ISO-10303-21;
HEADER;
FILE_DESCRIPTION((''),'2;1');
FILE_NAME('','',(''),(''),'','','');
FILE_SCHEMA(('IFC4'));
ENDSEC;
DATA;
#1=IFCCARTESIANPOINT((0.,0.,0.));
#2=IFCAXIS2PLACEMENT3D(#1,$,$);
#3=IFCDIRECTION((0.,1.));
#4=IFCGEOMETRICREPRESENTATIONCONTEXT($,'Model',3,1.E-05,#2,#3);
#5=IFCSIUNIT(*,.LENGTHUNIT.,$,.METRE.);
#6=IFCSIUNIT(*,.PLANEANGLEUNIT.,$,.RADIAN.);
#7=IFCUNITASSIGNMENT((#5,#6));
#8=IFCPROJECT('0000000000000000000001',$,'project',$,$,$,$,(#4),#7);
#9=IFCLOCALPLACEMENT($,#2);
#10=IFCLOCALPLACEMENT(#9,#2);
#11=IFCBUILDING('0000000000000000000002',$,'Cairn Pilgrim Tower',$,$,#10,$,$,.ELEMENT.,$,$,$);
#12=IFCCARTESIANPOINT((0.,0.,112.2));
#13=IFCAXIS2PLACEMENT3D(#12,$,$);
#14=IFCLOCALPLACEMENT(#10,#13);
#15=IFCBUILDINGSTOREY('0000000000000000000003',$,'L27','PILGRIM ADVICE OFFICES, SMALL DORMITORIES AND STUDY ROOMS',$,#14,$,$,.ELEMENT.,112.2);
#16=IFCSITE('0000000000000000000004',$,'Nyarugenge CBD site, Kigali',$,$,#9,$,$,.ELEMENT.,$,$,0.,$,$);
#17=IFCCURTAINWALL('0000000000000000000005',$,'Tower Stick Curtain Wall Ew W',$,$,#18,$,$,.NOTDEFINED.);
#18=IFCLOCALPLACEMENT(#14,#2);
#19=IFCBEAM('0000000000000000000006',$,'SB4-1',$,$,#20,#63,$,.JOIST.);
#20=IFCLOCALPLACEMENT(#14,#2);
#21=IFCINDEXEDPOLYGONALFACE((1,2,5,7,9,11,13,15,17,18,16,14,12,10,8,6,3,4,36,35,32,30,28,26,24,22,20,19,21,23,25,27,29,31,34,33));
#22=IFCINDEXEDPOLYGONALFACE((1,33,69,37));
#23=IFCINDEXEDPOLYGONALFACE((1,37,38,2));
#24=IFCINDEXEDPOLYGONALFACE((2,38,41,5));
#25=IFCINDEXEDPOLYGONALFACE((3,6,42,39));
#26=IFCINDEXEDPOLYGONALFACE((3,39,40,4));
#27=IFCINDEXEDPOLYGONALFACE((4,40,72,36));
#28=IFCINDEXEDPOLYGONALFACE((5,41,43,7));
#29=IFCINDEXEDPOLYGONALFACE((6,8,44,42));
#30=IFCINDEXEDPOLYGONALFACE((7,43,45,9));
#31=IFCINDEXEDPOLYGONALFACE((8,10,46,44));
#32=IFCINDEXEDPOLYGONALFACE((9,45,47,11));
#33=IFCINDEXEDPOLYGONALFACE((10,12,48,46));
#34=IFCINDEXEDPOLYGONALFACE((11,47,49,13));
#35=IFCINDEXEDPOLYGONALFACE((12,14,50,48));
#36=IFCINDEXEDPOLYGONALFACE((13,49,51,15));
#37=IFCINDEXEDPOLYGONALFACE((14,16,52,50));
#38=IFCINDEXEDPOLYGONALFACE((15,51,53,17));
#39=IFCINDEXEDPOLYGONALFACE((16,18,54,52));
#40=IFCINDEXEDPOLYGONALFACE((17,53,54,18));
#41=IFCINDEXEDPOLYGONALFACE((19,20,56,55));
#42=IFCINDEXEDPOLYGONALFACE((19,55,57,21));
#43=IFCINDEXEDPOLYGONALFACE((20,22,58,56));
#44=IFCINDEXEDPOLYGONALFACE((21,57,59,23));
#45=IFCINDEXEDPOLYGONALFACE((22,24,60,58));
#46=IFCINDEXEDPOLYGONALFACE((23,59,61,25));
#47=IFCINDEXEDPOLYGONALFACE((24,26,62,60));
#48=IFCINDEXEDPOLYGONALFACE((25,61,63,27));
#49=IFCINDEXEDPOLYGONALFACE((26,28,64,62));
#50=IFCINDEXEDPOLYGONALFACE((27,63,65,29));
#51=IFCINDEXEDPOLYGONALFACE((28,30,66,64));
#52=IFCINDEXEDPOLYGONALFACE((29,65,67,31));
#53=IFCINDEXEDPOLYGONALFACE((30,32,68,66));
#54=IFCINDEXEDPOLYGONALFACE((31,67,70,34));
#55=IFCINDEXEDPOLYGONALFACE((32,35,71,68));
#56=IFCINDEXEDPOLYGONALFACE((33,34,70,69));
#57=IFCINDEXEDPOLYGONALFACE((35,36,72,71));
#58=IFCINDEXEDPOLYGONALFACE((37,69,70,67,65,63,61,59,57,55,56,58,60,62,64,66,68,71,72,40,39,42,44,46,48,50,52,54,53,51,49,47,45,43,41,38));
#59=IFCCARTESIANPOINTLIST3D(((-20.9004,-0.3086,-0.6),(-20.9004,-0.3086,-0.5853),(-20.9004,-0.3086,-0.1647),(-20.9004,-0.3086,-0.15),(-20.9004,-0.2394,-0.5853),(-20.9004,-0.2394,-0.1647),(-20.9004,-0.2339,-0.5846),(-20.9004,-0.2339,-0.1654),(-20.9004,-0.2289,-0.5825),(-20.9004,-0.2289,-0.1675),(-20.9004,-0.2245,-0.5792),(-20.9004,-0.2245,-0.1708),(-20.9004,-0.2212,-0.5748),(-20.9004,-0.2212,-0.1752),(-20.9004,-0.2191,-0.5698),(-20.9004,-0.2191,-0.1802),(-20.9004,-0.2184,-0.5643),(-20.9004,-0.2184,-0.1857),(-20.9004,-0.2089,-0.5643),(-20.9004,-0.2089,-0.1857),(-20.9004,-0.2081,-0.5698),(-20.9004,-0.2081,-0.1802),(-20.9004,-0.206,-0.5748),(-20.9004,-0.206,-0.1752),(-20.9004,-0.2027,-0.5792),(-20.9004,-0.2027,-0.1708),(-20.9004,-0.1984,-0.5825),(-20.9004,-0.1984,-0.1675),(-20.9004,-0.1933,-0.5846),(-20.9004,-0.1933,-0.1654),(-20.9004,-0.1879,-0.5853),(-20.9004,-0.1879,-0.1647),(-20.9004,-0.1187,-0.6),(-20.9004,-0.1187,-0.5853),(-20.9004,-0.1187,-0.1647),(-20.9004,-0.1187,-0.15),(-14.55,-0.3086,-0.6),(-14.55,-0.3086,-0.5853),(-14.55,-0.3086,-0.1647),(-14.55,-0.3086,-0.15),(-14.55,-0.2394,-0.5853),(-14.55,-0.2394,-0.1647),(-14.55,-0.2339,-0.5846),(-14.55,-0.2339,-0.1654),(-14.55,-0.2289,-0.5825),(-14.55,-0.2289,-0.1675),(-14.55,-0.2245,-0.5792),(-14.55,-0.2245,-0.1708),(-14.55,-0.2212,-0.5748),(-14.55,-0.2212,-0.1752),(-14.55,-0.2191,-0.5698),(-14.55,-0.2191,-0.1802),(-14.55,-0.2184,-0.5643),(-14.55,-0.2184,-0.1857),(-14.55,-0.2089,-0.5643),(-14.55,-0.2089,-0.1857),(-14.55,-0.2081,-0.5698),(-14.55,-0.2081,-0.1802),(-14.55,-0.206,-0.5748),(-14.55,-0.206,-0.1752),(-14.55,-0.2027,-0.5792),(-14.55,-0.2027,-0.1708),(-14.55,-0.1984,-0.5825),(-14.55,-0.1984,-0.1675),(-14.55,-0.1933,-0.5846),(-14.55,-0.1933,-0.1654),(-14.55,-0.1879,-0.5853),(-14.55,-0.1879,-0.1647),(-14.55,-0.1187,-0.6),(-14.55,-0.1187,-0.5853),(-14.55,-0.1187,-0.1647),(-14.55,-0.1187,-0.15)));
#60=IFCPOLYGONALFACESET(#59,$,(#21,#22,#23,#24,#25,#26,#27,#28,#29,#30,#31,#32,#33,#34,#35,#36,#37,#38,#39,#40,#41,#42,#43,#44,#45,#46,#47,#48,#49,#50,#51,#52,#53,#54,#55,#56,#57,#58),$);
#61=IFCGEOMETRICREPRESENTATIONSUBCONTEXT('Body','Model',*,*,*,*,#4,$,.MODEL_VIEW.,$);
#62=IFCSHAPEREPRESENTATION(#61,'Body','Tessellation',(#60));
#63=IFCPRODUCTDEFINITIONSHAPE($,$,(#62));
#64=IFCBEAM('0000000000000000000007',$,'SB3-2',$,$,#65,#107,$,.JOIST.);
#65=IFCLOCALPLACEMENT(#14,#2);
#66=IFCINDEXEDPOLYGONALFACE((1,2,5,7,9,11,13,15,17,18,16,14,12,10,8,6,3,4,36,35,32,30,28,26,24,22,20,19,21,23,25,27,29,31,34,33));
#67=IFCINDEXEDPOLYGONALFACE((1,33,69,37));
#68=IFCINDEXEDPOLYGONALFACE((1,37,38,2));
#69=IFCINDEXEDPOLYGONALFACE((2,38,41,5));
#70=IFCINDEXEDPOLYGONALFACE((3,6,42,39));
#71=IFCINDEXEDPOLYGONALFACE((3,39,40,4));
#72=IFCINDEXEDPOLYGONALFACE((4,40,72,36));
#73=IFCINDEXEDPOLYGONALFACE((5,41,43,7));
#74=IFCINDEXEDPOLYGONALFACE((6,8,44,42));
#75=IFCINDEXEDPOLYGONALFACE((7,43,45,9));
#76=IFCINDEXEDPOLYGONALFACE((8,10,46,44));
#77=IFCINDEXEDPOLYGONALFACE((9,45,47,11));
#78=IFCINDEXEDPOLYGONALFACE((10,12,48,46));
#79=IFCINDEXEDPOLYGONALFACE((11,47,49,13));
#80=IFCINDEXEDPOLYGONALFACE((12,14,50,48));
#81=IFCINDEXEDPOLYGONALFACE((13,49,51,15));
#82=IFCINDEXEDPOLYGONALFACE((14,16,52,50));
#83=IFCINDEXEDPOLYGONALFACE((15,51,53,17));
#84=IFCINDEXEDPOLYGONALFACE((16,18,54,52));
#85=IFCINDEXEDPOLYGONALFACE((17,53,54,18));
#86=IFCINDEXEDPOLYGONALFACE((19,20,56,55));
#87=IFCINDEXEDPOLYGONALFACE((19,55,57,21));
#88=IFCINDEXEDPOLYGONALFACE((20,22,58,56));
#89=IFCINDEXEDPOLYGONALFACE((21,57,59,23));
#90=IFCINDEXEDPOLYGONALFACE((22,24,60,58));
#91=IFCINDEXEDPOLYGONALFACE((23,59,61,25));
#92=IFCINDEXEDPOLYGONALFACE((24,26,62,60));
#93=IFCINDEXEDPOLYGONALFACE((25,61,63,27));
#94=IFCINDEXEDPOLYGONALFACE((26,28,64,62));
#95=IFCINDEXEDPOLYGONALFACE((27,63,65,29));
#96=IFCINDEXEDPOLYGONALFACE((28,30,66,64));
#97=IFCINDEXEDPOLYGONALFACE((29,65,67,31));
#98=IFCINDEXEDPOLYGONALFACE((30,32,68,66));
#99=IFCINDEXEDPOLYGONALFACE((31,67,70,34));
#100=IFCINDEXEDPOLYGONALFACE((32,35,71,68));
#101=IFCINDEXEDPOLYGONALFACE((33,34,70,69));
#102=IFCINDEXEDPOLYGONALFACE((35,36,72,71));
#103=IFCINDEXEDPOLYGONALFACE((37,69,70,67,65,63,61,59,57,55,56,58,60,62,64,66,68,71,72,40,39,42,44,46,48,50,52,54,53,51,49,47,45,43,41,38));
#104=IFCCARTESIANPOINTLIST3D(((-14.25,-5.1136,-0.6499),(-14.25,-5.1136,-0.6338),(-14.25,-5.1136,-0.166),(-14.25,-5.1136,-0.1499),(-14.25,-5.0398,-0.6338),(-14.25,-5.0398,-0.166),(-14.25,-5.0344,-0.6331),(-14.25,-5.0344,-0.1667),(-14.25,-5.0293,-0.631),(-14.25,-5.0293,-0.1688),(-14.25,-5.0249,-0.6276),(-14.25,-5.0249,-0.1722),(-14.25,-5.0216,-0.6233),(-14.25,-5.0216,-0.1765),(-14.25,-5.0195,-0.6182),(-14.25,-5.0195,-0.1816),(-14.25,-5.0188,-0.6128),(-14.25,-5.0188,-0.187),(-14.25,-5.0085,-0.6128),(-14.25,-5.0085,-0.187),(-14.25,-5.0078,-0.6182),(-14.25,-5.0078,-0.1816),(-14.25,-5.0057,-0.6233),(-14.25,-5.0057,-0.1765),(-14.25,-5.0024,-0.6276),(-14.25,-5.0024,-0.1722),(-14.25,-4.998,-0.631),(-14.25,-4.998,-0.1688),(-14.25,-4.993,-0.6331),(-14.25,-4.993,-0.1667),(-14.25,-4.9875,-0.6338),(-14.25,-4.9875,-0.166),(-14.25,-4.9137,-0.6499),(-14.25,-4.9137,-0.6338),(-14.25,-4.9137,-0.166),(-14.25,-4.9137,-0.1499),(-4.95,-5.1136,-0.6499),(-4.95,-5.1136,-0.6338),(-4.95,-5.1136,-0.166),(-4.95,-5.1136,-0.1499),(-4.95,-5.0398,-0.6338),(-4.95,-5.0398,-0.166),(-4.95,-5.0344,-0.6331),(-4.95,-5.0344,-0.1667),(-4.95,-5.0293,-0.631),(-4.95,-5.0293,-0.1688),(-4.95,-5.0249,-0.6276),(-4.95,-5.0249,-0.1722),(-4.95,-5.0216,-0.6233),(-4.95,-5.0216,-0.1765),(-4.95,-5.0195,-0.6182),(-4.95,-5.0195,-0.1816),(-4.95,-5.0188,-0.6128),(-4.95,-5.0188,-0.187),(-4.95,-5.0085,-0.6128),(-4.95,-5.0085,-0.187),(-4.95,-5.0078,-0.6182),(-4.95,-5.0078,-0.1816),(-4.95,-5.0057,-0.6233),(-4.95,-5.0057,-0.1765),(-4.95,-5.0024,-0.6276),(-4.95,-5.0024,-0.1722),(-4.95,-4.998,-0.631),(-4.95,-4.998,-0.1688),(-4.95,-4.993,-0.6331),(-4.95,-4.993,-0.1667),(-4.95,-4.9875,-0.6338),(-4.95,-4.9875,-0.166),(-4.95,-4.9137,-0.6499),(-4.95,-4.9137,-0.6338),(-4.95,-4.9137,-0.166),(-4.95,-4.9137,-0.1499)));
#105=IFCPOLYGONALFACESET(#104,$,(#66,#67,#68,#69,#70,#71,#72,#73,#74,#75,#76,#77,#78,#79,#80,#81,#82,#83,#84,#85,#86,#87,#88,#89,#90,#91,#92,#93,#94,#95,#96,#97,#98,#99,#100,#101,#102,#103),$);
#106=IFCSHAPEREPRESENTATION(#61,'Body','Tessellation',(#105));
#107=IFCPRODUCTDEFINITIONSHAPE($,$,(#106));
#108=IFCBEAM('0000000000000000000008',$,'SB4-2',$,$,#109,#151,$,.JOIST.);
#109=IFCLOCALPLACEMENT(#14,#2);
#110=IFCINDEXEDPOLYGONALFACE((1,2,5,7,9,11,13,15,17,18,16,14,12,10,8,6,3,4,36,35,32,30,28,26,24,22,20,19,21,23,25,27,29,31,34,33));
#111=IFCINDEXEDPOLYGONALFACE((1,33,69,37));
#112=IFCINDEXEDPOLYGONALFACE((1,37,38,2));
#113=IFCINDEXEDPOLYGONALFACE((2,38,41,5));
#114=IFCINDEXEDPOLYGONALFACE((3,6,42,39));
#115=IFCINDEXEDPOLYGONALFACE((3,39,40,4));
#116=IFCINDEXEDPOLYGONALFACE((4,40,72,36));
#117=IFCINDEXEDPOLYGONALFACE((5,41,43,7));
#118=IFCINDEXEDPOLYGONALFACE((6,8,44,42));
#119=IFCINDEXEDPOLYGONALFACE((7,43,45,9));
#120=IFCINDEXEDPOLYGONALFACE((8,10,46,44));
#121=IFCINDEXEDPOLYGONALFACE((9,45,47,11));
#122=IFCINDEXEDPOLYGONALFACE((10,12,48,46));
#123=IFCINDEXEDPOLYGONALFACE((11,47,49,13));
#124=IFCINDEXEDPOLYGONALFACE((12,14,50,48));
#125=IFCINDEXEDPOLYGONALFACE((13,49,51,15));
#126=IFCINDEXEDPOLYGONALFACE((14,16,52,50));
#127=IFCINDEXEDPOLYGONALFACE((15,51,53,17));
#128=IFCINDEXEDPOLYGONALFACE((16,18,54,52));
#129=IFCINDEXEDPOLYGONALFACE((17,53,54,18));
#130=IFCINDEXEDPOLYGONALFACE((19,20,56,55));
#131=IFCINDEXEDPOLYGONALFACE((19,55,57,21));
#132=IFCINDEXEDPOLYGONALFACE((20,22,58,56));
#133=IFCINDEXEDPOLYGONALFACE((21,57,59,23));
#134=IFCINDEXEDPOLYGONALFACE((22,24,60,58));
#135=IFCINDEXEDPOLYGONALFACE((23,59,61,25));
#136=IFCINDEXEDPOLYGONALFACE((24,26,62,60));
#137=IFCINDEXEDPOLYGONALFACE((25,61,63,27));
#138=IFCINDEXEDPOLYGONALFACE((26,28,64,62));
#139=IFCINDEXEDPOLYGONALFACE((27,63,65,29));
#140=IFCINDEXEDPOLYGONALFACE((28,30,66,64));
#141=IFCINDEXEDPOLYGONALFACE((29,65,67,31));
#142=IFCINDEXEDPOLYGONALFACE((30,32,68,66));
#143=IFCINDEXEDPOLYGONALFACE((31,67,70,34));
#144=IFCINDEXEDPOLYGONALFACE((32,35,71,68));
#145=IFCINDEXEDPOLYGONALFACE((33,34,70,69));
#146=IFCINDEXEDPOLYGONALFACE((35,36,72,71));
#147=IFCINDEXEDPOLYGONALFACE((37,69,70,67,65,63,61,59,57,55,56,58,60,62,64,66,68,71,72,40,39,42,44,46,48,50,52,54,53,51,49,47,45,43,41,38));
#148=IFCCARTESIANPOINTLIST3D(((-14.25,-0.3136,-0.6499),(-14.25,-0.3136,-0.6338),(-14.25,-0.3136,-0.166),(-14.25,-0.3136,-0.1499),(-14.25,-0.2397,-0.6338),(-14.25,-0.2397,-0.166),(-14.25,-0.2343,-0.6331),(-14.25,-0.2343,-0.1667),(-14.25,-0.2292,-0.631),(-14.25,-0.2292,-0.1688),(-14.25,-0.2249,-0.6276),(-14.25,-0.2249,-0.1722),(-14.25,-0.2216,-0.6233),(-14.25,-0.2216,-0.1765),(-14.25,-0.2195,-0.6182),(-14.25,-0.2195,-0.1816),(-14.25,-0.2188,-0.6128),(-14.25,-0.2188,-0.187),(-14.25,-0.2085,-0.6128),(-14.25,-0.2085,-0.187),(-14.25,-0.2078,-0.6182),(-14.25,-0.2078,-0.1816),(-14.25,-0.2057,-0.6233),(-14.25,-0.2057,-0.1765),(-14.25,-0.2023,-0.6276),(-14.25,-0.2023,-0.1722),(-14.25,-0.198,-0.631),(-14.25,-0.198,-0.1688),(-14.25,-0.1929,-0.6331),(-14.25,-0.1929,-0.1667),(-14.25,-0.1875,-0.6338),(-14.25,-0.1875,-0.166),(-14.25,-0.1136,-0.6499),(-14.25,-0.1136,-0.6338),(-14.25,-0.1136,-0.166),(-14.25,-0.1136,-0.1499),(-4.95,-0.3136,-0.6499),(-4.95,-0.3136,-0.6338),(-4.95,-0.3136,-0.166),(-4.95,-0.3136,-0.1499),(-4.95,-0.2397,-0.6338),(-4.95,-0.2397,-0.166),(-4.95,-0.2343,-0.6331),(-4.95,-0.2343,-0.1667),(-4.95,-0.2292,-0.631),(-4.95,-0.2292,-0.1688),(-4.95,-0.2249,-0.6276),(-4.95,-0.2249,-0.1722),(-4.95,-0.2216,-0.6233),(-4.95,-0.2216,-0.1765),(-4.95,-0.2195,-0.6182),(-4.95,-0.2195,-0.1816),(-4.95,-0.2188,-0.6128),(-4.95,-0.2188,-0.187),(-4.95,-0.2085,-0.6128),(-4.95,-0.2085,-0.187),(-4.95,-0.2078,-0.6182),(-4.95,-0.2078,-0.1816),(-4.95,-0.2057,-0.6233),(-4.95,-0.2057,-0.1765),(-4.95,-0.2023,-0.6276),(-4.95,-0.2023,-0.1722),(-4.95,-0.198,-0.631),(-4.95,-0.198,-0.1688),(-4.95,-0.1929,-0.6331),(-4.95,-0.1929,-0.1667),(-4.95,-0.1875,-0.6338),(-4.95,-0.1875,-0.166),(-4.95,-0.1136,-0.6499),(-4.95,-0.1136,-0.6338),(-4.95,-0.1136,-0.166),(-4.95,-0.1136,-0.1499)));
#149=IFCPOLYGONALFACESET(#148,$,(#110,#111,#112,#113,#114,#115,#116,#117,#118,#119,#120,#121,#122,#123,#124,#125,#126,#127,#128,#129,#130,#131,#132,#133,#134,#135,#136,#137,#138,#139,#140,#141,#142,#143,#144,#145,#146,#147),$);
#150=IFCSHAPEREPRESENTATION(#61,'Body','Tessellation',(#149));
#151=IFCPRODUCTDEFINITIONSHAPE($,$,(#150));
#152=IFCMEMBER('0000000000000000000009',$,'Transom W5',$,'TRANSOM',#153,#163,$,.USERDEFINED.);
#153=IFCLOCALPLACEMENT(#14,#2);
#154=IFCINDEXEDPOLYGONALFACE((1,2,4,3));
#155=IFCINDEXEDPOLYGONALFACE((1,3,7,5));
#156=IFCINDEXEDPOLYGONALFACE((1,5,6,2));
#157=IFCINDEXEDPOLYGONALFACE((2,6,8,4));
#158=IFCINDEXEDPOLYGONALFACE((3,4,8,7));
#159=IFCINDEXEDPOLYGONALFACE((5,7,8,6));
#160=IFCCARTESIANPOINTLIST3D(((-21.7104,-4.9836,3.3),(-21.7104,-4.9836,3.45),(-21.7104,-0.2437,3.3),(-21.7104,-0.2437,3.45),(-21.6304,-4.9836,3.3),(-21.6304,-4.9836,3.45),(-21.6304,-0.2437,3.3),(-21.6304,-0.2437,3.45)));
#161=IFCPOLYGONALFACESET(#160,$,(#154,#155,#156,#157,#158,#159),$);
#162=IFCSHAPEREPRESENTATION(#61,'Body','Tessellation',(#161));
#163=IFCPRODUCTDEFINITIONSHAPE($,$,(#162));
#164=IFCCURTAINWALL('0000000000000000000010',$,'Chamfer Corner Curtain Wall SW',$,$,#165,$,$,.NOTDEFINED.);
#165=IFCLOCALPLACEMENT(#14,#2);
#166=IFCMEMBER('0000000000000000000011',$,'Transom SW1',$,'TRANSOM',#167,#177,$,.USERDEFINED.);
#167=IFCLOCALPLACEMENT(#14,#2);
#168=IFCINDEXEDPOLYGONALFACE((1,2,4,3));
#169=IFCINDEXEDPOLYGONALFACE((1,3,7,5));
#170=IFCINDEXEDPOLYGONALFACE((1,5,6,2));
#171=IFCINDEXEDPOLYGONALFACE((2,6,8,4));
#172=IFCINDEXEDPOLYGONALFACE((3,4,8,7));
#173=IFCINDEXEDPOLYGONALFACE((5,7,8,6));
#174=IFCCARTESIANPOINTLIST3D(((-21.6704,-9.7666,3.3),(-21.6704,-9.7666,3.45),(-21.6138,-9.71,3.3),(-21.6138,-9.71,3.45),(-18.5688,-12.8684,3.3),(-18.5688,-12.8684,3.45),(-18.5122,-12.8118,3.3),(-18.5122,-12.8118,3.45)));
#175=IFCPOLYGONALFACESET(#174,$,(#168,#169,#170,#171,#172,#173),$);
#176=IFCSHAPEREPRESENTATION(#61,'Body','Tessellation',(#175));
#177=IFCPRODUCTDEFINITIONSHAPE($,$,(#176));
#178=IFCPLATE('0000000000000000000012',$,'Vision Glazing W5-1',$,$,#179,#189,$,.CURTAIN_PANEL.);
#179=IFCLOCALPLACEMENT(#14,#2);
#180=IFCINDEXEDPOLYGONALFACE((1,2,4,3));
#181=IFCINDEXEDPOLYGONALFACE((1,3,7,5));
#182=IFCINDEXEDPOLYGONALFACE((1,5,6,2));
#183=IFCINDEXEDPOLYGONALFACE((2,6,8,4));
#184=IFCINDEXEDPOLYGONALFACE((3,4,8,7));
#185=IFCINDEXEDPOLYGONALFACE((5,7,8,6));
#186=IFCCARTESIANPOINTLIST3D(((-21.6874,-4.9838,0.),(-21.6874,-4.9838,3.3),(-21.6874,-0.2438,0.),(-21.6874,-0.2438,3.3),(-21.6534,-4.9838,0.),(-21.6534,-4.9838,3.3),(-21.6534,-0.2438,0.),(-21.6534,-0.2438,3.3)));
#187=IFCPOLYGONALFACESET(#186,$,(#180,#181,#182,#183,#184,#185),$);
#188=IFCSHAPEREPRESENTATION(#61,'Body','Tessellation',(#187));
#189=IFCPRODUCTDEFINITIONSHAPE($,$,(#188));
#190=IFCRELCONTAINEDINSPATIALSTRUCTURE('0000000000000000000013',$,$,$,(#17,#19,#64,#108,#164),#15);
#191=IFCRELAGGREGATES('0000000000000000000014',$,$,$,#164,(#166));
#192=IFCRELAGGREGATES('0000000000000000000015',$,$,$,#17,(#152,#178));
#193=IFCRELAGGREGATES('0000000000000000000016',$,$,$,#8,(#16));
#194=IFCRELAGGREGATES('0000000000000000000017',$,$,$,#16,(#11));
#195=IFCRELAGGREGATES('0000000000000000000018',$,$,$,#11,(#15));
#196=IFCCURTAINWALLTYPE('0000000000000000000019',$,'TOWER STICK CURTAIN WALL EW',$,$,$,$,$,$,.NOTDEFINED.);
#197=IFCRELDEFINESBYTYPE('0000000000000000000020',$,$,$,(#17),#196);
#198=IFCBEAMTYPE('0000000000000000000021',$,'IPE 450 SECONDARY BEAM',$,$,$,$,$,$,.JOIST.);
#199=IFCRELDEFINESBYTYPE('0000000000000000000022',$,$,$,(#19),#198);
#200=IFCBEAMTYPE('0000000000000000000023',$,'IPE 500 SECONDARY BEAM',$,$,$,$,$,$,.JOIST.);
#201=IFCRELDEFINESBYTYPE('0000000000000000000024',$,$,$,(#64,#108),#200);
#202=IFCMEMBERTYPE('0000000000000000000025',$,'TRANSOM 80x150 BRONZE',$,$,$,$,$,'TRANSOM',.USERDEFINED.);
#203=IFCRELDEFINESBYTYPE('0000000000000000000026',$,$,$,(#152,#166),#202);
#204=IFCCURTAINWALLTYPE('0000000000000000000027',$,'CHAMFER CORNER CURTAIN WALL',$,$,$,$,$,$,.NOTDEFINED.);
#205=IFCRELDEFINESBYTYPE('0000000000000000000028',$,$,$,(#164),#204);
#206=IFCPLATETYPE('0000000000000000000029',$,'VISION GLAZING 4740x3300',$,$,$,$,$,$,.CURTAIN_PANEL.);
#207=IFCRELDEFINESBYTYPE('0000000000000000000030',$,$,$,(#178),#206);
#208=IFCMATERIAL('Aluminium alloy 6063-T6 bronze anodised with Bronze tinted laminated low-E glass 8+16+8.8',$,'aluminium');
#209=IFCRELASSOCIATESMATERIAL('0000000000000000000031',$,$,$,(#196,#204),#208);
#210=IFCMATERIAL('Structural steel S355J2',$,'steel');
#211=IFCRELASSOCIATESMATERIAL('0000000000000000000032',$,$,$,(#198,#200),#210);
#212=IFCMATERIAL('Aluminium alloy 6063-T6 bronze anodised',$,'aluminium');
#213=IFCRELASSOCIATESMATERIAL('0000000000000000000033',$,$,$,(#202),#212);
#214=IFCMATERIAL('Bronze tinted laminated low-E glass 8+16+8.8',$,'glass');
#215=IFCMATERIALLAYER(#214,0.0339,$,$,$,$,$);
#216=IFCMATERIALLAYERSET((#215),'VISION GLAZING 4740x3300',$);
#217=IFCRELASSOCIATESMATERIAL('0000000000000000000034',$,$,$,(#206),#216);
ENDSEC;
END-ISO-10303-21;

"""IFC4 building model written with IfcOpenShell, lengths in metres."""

from ifc_helpers import new_model, si_unit, direction, frame, origin, origin_2d, place, context, subcontext, project, spatial, rectangle, i_section, extrude, material, layer, layer_set, material_profile, profile_set, type_object, element, aggregate, save


model = new_model("IFC4")

# Units and contexts
model_context = context("Model", 3, precision=1e-05, world=origin(), true_north=direction((0.0, 1.0)))
body_context = subcontext(model_context, "Body", "Model", "MODEL_VIEW")
ifc_project = project(units=[si_unit("LENGTHUNIT", "METRE"), si_unit("PLANEANGLEUNIT", "RADIAN")], contexts=[model_context])

# Site, building, storey
site_placement = place(None, origin())
site = spatial("IfcSite", under=ifc_project, at=site_placement, Name="Nyarugenge CBD site, Kigali", CompositionType="ELEMENT", RefElevation=0.0)
building_placement = place(site_placement, origin())
building = spatial("IfcBuilding", under=site, at=building_placement, Name="Cairn Pilgrim Tower", CompositionType="ELEMENT")
storey_placement = place(building_placement, frame((0.0, 0.0, 112.2)))
storey = spatial("IfcBuildingStorey", under=building, at=storey_placement, Name="L27", Description="PILGRIM ADVICE OFFICES, SMALL DORMITORIES AND STUDY ROOMS", CompositionType="ELEMENT", Elevation=112.2)

# Shared definitions
ifc_material_1 = material(Name="Structural steel S355J2", Category="steel")

# Curtain wall
ifc_material_2 = material(Name="Aluminium alloy 6063-T6 bronze anodised with Bronze tinted laminated low-E glass 8+16+8.8", Category="aluminium")
curtain_wall_type_1 = type_object("IfcCurtainWallType", Name="TOWER STICK CURTAIN WALL EW", PredefinedType="NOTDEFINED", material=ifc_material_2)
curtain_wall_1_placement = place(storey_placement, origin())
curtain_wall_1 = element("IfcCurtainWall", 1, at=curtain_wall_1_placement, inside=storey, type_object=curtain_wall_type_1, Name="Tower Stick Curtain Wall Ew W", PredefinedType="NOTDEFINED")
ifc_material_3 = material(Name="Aluminium alloy 6063-T6 bronze anodised", Category="aluminium")

# Beams
ifc_material_profile_1 = material_profile(ifc_material_1, i_section(OverallWidth=0.1899, OverallDepth=0.45, WebThickness=0.0095, FlangeThickness=0.0146, FilletRadius=0.021, at=origin_2d()), Name="IPE 450")
ifc_profile_set_1 = profile_set([ifc_material_profile_1], Name="Structural steel S355J2")
beam_type_1 = type_object("IfcBeamType", Name="IPE 450 SECONDARY BEAM", PredefinedType="JOIST", material=ifc_profile_set_1)
for number, where, z_axis, x_axis, name in (
    (2, (-20.9004, -0.2136, -0.375), (1.0, 0.0, 0.0), (0.0, 1.0, 0.0), "SB4-1"),
):
    element("IfcBeam", number, at=place(storey_placement, frame(where, z_axis=z_axis, x_axis=x_axis)), inside=storey, type_object=beam_type_1, Name=name, PredefinedType="JOIST", context=body_context, shape_type="SweptSolid", body=[
        extrude(i_section(OverallWidth=0.1899, OverallDepth=0.45, WebThickness=0.0095, FlangeThickness=0.0146, FilletRadius=0.021, at=origin_2d()), origin(), (0.0, 0.0, 1.0), 6.3503),
    ])
ifc_material_profile_2 = material_profile(ifc_material_1, i_section(OverallWidth=0.2, OverallDepth=0.5, WebThickness=0.0103, FlangeThickness=0.0161, FilletRadius=0.021, at=origin_2d()), Name="IPE 500")
ifc_profile_set_2 = profile_set([ifc_material_profile_2], Name="Structural steel S355J2")
beam_type_2 = type_object("IfcBeamType", Name="IPE 500 SECONDARY BEAM", PredefinedType="JOIST", material=ifc_profile_set_2)
for number, where, z_axis, x_axis, name in (
    (3, (-14.25, -5.0137, -0.3999), (1.0, 0.0, 0.0), (0.0, 1.0, 0.0), "SB3-2"),
    (4, (-14.25, -0.2136, -0.3999), (1.0, 0.0, 0.0), (0.0, 1.0, 0.0), "SB4-2"),
):
    element("IfcBeam", number, at=place(storey_placement, frame(where, z_axis=z_axis, x_axis=x_axis)), inside=storey, type_object=beam_type_2, Name=name, PredefinedType="JOIST", context=body_context, shape_type="SweptSolid", body=[
        extrude(i_section(OverallWidth=0.2, OverallDepth=0.5, WebThickness=0.0103, FlangeThickness=0.0161, FilletRadius=0.021, at=origin_2d()), origin(), (0.0, 0.0, 1.0), 9.3),
    ])

# Member
ifc_material_profile_3 = material_profile(ifc_material_3, rectangle(XDim=0.0801, YDim=0.1499, at=origin_2d()), Name="TRANSOM 80x150 BRONZE")
ifc_profile_set_3 = profile_set([ifc_material_profile_3], Name="Aluminium alloy 6063-T6 bronze anodised")
member_type_1 = type_object("IfcMemberType", Name="TRANSOM 80x150 BRONZE", ElementType="TRANSOM", PredefinedType="USERDEFINED", material=ifc_profile_set_3)
member_1_placement = place(storey_placement, frame((-21.6704, -0.2437, 3.375), z_axis=(0.0, -1.0, 0.0), x_axis=(1.0, 0.0, 0.0)))
member_1 = element("IfcMember", 5, at=member_1_placement, type_object=member_type_1, Name="Transom W5", ObjectType="TRANSOM", PredefinedType="USERDEFINED", context=body_context, shape_type="SweptSolid", body=[
    extrude(rectangle(XDim=0.0801, YDim=0.1499, at=origin_2d()), origin(), (0.0, 0.0, 1.0), 4.74),
])

# Curtain wall, member
curtain_wall_type_2 = type_object("IfcCurtainWallType", Name="CHAMFER CORNER CURTAIN WALL", PredefinedType="NOTDEFINED", material=ifc_material_2)
curtain_wall_2_placement = place(storey_placement, origin())
curtain_wall_2 = element("IfcCurtainWall", 6, at=curtain_wall_2_placement, inside=storey, type_object=curtain_wall_type_2, Name="Chamfer Corner Curtain Wall SW", PredefinedType="NOTDEFINED")
member_2_placement = place(storey_placement, frame((-21.6421, -9.7383, 3.375), z_axis=(0.707079, -0.707135, 0.0), x_axis=(0.707135, 0.707079, 0.0)))
member_2 = element("IfcMember", 7, at=member_2_placement, type_object=member_type_1, Name="Transom SW1", ObjectType="TRANSOM", PredefinedType="USERDEFINED", context=body_context, shape_type="SweptSolid", body=[
    extrude(rectangle(XDim=0.0801, YDim=0.1499, at=origin_2d()), origin(), (0.0, 0.0, 1.0), 4.3865),
])
aggregate(curtain_wall_2, [member_2])

# Plate
ifc_material_4 = material(Name="Bronze tinted laminated low-E glass 8+16+8.8", Category="glass")
ifc_layer_1 = layer(ifc_material_4, 0.0339)
ifc_layer_set_1 = layer_set([ifc_layer_1], Name="VISION GLAZING 4740x3300")
plate_type = type_object("IfcPlateType", Name="VISION GLAZING 4740x3300", PredefinedType="CURTAIN_PANEL", material=ifc_layer_set_1)
plate_placement = place(storey_placement, frame((-21.6704, -2.6138, 0.0), z_axis=(0.0, 0.0, 1.0), x_axis=(0.0, -1.0, 0.0)))
plate = element("IfcPlate", 8, at=plate_placement, type_object=plate_type, Name="Vision Glazing W5-1", PredefinedType="CURTAIN_PANEL", context=body_context, shape_type="SweptSolid", body=[
    extrude(rectangle(XDim=4.74, YDim=0.0339, at=origin_2d()), origin(), (0.0, 0.0, 1.0), 3.3),
])
aggregate(curtain_wall_1, [member_1, plate])

save(model, "model.ifc")
